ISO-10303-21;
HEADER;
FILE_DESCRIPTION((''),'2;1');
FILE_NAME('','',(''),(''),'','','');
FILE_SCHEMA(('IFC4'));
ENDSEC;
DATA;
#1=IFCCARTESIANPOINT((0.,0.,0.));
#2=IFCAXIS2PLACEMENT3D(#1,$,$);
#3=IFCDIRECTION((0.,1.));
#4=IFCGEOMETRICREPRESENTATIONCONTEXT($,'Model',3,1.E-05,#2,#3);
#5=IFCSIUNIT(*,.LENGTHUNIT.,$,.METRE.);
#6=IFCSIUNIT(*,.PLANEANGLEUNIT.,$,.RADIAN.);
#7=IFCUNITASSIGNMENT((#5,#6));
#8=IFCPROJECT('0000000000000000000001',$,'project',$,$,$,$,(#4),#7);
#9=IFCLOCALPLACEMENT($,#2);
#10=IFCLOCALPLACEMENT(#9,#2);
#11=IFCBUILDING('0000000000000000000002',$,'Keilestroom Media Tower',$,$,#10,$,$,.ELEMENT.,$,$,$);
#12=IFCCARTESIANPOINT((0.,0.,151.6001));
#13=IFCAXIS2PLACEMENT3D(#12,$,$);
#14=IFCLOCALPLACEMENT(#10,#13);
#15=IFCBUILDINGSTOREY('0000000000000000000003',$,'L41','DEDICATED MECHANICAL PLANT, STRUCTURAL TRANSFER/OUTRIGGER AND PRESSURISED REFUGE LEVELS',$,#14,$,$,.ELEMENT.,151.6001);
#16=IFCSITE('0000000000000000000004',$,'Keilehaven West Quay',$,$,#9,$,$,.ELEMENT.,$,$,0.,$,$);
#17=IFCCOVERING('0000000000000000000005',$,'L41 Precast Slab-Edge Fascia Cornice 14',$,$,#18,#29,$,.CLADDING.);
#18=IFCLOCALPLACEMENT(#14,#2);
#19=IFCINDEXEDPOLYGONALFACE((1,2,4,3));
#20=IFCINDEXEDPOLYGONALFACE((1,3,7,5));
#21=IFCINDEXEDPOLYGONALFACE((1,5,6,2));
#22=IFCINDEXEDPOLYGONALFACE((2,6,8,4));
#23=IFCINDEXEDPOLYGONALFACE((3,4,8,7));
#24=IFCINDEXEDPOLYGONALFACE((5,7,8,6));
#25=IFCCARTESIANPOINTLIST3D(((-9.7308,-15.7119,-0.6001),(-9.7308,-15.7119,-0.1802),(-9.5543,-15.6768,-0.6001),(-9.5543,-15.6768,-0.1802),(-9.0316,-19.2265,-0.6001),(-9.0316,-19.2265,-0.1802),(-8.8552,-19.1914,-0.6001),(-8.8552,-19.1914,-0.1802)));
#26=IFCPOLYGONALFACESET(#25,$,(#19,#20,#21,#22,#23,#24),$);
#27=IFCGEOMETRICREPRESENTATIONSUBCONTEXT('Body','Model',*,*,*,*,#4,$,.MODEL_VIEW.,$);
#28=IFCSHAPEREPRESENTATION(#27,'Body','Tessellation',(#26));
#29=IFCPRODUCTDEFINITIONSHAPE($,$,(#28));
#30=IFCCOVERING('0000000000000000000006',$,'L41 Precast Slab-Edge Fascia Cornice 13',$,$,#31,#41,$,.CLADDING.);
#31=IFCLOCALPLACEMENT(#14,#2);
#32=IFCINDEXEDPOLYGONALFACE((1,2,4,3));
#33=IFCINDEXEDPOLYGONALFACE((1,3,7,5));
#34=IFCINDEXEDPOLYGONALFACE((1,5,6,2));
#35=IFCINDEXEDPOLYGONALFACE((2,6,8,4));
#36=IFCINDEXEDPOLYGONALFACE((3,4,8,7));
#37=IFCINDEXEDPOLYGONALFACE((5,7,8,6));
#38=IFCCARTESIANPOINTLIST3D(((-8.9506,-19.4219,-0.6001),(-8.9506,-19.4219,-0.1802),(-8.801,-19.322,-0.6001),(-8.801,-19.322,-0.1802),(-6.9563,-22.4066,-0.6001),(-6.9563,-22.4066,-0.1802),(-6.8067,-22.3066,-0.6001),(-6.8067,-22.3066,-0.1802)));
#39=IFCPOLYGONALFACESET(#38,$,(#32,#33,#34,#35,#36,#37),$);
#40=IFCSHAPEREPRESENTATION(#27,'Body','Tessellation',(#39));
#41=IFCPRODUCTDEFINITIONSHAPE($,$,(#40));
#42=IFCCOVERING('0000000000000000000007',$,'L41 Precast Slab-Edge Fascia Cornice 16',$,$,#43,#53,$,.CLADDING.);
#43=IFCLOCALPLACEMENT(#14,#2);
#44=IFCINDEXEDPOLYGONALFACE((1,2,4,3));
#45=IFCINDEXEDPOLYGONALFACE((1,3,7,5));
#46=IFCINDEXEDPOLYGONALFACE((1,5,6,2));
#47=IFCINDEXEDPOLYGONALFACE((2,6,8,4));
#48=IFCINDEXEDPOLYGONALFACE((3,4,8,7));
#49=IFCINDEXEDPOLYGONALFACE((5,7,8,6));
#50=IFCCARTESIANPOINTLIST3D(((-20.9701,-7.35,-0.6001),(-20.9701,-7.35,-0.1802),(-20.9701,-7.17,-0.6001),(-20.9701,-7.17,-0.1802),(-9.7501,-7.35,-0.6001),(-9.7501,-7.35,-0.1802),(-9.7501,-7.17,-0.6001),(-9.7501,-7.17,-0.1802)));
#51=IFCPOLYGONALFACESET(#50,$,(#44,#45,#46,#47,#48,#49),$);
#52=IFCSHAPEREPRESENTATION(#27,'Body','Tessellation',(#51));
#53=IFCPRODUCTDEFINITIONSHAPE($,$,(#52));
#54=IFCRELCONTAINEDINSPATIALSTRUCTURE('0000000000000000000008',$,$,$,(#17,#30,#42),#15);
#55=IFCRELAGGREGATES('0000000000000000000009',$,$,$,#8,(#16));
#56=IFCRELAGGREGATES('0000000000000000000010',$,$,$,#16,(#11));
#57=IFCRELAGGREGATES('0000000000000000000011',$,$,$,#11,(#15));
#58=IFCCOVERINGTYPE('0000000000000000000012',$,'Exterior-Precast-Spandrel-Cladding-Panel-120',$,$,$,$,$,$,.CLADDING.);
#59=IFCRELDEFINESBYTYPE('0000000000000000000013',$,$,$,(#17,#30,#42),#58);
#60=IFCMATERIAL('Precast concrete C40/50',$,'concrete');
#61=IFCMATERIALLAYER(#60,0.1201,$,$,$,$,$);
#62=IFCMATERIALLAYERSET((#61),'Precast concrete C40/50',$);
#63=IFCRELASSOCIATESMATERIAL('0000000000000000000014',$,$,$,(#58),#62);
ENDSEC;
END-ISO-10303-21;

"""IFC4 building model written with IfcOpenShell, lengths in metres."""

from ifc_helpers import new_model, si_unit, direction, frame, origin, origin_2d, place, context, subcontext, project, spatial, rectangle, extrude, source, transform, mapped, material, layer, layer_set, type_object, element, save


model = new_model("IFC4")

# Units and contexts
model_context = context("Model", 3, precision=1e-05, world=origin(), true_north=direction((0.0, 1.0)))
body_context = subcontext(model_context, "Body", "Model", "MODEL_VIEW")
ifc_project = project(units=[si_unit("LENGTHUNIT", "METRE"), si_unit("PLANEANGLEUNIT", "RADIAN")], contexts=[model_context])

# Site, building, storey
site_placement = place(None, origin())
site = spatial("IfcSite", under=ifc_project, at=site_placement, Name="Keilehaven West Quay", CompositionType="ELEMENT", RefElevation=0.0)
building_placement = place(site_placement, origin())
building = spatial("IfcBuilding", under=site, at=building_placement, Name="Keilestroom Media Tower", CompositionType="ELEMENT")
storey_placement = place(building_placement, frame((0.0, 0.0, 151.6001)))
storey = spatial("IfcBuildingStorey", under=building, at=storey_placement, Name="L41", Description="DEDICATED MECHANICAL PLANT, STRUCTURAL TRANSFER/OUTRIGGER AND PRESSURISED REFUGE LEVELS", CompositionType="ELEMENT", Elevation=151.6001)

# Shared definitions
ifc_material_1 = material(Name="Precast concrete C40/50", Category="concrete")

# Coverings
ifc_layer_1 = layer(ifc_material_1, 0.1201)
ifc_layer_set_1 = layer_set([ifc_layer_1], Name="Precast concrete C40/50")
covering_type = type_object("IfcCoveringType", Name="Exterior-Precast-Spandrel-Cladding-Panel-120", PredefinedType="CLADDING", material=ifc_layer_set_1)
shared_shape_1 = source(origin(), body_context, "Body", "SweptSolid", [
    extrude(rectangle(XDim=3.5835, YDim=0.1799, at=origin_2d()), origin(), (0.0, 0.0, 1.0), 0.4199),
])
covering_1_placement = place(storey_placement, frame((-9.293, -17.4517, -0.6001), z_axis=(0.0, 0.0, 1.0), x_axis=(-0.195099, 0.980784, 0.0)))
element("IfcCovering", 1, at=covering_1_placement, inside=storey, type_object=covering_type, Name="L41 Precast Slab-Edge Fascia Cornice 14", PredefinedType="CLADDING", context=body_context, shape_type="MappedRepresentation", body=[
    mapped(shared_shape_1, transform((0.0, 0.0, 0.0), x_axis=(1.0, 0.0, 0.0), y_axis=(0.0, 1.0, 0.0), z_axis=(0.0, 0.0, 1.0), scale=1.0)),
])
shared_shape_2 = source(origin(), body_context, "Body", "SweptSolid", [
    extrude(rectangle(XDim=3.5896, YDim=0.1799, at=origin_2d()), origin(), (0.0, 0.0, 1.0), 0.4199),
])
covering_2_placement = place(storey_placement, frame((-7.8787, -20.8643, -0.6001), z_axis=(0.0, 0.0, 1.0), x_axis=(-0.555575, 0.831467, 0.0)))
element("IfcCovering", 2, at=covering_2_placement, inside=storey, type_object=covering_type, Name="L41 Precast Slab-Edge Fascia Cornice 13", PredefinedType="CLADDING", context=body_context, shape_type="MappedRepresentation", body=[
    mapped(shared_shape_2, transform((0.0, 0.0, 0.0), x_axis=(1.0, 0.0, 0.0), y_axis=(0.0, 1.0, 0.0), z_axis=(0.0, 0.0, 1.0), scale=1.0)),
])
shared_shape_3 = source(origin(), body_context, "Body", "SweptSolid", [
    extrude(rectangle(XDim=11.22, YDim=0.1799, at=origin_2d()), origin(), (0.0, 0.0, 1.0), 0.4199),
])
covering_3_placement = place(storey_placement, frame((-15.3601, -7.26, -0.6001), z_axis=(0.0, 0.0, 1.0), x_axis=(-1.0, 0.0, 0.0)))
element("IfcCovering", 3, at=covering_3_placement, inside=storey, type_object=covering_type, Name="L41 Precast Slab-Edge Fascia Cornice 16", PredefinedType="CLADDING", context=body_context, shape_type="MappedRepresentation", body=[
    mapped(shared_shape_3, transform((0.0, 0.0, 0.0), x_axis=(1.0, 0.0, 0.0), y_axis=(0.0, 1.0, 0.0), z_axis=(0.0, 0.0, 1.0), scale=1.0)),
])

save(model, "model.ifc")
